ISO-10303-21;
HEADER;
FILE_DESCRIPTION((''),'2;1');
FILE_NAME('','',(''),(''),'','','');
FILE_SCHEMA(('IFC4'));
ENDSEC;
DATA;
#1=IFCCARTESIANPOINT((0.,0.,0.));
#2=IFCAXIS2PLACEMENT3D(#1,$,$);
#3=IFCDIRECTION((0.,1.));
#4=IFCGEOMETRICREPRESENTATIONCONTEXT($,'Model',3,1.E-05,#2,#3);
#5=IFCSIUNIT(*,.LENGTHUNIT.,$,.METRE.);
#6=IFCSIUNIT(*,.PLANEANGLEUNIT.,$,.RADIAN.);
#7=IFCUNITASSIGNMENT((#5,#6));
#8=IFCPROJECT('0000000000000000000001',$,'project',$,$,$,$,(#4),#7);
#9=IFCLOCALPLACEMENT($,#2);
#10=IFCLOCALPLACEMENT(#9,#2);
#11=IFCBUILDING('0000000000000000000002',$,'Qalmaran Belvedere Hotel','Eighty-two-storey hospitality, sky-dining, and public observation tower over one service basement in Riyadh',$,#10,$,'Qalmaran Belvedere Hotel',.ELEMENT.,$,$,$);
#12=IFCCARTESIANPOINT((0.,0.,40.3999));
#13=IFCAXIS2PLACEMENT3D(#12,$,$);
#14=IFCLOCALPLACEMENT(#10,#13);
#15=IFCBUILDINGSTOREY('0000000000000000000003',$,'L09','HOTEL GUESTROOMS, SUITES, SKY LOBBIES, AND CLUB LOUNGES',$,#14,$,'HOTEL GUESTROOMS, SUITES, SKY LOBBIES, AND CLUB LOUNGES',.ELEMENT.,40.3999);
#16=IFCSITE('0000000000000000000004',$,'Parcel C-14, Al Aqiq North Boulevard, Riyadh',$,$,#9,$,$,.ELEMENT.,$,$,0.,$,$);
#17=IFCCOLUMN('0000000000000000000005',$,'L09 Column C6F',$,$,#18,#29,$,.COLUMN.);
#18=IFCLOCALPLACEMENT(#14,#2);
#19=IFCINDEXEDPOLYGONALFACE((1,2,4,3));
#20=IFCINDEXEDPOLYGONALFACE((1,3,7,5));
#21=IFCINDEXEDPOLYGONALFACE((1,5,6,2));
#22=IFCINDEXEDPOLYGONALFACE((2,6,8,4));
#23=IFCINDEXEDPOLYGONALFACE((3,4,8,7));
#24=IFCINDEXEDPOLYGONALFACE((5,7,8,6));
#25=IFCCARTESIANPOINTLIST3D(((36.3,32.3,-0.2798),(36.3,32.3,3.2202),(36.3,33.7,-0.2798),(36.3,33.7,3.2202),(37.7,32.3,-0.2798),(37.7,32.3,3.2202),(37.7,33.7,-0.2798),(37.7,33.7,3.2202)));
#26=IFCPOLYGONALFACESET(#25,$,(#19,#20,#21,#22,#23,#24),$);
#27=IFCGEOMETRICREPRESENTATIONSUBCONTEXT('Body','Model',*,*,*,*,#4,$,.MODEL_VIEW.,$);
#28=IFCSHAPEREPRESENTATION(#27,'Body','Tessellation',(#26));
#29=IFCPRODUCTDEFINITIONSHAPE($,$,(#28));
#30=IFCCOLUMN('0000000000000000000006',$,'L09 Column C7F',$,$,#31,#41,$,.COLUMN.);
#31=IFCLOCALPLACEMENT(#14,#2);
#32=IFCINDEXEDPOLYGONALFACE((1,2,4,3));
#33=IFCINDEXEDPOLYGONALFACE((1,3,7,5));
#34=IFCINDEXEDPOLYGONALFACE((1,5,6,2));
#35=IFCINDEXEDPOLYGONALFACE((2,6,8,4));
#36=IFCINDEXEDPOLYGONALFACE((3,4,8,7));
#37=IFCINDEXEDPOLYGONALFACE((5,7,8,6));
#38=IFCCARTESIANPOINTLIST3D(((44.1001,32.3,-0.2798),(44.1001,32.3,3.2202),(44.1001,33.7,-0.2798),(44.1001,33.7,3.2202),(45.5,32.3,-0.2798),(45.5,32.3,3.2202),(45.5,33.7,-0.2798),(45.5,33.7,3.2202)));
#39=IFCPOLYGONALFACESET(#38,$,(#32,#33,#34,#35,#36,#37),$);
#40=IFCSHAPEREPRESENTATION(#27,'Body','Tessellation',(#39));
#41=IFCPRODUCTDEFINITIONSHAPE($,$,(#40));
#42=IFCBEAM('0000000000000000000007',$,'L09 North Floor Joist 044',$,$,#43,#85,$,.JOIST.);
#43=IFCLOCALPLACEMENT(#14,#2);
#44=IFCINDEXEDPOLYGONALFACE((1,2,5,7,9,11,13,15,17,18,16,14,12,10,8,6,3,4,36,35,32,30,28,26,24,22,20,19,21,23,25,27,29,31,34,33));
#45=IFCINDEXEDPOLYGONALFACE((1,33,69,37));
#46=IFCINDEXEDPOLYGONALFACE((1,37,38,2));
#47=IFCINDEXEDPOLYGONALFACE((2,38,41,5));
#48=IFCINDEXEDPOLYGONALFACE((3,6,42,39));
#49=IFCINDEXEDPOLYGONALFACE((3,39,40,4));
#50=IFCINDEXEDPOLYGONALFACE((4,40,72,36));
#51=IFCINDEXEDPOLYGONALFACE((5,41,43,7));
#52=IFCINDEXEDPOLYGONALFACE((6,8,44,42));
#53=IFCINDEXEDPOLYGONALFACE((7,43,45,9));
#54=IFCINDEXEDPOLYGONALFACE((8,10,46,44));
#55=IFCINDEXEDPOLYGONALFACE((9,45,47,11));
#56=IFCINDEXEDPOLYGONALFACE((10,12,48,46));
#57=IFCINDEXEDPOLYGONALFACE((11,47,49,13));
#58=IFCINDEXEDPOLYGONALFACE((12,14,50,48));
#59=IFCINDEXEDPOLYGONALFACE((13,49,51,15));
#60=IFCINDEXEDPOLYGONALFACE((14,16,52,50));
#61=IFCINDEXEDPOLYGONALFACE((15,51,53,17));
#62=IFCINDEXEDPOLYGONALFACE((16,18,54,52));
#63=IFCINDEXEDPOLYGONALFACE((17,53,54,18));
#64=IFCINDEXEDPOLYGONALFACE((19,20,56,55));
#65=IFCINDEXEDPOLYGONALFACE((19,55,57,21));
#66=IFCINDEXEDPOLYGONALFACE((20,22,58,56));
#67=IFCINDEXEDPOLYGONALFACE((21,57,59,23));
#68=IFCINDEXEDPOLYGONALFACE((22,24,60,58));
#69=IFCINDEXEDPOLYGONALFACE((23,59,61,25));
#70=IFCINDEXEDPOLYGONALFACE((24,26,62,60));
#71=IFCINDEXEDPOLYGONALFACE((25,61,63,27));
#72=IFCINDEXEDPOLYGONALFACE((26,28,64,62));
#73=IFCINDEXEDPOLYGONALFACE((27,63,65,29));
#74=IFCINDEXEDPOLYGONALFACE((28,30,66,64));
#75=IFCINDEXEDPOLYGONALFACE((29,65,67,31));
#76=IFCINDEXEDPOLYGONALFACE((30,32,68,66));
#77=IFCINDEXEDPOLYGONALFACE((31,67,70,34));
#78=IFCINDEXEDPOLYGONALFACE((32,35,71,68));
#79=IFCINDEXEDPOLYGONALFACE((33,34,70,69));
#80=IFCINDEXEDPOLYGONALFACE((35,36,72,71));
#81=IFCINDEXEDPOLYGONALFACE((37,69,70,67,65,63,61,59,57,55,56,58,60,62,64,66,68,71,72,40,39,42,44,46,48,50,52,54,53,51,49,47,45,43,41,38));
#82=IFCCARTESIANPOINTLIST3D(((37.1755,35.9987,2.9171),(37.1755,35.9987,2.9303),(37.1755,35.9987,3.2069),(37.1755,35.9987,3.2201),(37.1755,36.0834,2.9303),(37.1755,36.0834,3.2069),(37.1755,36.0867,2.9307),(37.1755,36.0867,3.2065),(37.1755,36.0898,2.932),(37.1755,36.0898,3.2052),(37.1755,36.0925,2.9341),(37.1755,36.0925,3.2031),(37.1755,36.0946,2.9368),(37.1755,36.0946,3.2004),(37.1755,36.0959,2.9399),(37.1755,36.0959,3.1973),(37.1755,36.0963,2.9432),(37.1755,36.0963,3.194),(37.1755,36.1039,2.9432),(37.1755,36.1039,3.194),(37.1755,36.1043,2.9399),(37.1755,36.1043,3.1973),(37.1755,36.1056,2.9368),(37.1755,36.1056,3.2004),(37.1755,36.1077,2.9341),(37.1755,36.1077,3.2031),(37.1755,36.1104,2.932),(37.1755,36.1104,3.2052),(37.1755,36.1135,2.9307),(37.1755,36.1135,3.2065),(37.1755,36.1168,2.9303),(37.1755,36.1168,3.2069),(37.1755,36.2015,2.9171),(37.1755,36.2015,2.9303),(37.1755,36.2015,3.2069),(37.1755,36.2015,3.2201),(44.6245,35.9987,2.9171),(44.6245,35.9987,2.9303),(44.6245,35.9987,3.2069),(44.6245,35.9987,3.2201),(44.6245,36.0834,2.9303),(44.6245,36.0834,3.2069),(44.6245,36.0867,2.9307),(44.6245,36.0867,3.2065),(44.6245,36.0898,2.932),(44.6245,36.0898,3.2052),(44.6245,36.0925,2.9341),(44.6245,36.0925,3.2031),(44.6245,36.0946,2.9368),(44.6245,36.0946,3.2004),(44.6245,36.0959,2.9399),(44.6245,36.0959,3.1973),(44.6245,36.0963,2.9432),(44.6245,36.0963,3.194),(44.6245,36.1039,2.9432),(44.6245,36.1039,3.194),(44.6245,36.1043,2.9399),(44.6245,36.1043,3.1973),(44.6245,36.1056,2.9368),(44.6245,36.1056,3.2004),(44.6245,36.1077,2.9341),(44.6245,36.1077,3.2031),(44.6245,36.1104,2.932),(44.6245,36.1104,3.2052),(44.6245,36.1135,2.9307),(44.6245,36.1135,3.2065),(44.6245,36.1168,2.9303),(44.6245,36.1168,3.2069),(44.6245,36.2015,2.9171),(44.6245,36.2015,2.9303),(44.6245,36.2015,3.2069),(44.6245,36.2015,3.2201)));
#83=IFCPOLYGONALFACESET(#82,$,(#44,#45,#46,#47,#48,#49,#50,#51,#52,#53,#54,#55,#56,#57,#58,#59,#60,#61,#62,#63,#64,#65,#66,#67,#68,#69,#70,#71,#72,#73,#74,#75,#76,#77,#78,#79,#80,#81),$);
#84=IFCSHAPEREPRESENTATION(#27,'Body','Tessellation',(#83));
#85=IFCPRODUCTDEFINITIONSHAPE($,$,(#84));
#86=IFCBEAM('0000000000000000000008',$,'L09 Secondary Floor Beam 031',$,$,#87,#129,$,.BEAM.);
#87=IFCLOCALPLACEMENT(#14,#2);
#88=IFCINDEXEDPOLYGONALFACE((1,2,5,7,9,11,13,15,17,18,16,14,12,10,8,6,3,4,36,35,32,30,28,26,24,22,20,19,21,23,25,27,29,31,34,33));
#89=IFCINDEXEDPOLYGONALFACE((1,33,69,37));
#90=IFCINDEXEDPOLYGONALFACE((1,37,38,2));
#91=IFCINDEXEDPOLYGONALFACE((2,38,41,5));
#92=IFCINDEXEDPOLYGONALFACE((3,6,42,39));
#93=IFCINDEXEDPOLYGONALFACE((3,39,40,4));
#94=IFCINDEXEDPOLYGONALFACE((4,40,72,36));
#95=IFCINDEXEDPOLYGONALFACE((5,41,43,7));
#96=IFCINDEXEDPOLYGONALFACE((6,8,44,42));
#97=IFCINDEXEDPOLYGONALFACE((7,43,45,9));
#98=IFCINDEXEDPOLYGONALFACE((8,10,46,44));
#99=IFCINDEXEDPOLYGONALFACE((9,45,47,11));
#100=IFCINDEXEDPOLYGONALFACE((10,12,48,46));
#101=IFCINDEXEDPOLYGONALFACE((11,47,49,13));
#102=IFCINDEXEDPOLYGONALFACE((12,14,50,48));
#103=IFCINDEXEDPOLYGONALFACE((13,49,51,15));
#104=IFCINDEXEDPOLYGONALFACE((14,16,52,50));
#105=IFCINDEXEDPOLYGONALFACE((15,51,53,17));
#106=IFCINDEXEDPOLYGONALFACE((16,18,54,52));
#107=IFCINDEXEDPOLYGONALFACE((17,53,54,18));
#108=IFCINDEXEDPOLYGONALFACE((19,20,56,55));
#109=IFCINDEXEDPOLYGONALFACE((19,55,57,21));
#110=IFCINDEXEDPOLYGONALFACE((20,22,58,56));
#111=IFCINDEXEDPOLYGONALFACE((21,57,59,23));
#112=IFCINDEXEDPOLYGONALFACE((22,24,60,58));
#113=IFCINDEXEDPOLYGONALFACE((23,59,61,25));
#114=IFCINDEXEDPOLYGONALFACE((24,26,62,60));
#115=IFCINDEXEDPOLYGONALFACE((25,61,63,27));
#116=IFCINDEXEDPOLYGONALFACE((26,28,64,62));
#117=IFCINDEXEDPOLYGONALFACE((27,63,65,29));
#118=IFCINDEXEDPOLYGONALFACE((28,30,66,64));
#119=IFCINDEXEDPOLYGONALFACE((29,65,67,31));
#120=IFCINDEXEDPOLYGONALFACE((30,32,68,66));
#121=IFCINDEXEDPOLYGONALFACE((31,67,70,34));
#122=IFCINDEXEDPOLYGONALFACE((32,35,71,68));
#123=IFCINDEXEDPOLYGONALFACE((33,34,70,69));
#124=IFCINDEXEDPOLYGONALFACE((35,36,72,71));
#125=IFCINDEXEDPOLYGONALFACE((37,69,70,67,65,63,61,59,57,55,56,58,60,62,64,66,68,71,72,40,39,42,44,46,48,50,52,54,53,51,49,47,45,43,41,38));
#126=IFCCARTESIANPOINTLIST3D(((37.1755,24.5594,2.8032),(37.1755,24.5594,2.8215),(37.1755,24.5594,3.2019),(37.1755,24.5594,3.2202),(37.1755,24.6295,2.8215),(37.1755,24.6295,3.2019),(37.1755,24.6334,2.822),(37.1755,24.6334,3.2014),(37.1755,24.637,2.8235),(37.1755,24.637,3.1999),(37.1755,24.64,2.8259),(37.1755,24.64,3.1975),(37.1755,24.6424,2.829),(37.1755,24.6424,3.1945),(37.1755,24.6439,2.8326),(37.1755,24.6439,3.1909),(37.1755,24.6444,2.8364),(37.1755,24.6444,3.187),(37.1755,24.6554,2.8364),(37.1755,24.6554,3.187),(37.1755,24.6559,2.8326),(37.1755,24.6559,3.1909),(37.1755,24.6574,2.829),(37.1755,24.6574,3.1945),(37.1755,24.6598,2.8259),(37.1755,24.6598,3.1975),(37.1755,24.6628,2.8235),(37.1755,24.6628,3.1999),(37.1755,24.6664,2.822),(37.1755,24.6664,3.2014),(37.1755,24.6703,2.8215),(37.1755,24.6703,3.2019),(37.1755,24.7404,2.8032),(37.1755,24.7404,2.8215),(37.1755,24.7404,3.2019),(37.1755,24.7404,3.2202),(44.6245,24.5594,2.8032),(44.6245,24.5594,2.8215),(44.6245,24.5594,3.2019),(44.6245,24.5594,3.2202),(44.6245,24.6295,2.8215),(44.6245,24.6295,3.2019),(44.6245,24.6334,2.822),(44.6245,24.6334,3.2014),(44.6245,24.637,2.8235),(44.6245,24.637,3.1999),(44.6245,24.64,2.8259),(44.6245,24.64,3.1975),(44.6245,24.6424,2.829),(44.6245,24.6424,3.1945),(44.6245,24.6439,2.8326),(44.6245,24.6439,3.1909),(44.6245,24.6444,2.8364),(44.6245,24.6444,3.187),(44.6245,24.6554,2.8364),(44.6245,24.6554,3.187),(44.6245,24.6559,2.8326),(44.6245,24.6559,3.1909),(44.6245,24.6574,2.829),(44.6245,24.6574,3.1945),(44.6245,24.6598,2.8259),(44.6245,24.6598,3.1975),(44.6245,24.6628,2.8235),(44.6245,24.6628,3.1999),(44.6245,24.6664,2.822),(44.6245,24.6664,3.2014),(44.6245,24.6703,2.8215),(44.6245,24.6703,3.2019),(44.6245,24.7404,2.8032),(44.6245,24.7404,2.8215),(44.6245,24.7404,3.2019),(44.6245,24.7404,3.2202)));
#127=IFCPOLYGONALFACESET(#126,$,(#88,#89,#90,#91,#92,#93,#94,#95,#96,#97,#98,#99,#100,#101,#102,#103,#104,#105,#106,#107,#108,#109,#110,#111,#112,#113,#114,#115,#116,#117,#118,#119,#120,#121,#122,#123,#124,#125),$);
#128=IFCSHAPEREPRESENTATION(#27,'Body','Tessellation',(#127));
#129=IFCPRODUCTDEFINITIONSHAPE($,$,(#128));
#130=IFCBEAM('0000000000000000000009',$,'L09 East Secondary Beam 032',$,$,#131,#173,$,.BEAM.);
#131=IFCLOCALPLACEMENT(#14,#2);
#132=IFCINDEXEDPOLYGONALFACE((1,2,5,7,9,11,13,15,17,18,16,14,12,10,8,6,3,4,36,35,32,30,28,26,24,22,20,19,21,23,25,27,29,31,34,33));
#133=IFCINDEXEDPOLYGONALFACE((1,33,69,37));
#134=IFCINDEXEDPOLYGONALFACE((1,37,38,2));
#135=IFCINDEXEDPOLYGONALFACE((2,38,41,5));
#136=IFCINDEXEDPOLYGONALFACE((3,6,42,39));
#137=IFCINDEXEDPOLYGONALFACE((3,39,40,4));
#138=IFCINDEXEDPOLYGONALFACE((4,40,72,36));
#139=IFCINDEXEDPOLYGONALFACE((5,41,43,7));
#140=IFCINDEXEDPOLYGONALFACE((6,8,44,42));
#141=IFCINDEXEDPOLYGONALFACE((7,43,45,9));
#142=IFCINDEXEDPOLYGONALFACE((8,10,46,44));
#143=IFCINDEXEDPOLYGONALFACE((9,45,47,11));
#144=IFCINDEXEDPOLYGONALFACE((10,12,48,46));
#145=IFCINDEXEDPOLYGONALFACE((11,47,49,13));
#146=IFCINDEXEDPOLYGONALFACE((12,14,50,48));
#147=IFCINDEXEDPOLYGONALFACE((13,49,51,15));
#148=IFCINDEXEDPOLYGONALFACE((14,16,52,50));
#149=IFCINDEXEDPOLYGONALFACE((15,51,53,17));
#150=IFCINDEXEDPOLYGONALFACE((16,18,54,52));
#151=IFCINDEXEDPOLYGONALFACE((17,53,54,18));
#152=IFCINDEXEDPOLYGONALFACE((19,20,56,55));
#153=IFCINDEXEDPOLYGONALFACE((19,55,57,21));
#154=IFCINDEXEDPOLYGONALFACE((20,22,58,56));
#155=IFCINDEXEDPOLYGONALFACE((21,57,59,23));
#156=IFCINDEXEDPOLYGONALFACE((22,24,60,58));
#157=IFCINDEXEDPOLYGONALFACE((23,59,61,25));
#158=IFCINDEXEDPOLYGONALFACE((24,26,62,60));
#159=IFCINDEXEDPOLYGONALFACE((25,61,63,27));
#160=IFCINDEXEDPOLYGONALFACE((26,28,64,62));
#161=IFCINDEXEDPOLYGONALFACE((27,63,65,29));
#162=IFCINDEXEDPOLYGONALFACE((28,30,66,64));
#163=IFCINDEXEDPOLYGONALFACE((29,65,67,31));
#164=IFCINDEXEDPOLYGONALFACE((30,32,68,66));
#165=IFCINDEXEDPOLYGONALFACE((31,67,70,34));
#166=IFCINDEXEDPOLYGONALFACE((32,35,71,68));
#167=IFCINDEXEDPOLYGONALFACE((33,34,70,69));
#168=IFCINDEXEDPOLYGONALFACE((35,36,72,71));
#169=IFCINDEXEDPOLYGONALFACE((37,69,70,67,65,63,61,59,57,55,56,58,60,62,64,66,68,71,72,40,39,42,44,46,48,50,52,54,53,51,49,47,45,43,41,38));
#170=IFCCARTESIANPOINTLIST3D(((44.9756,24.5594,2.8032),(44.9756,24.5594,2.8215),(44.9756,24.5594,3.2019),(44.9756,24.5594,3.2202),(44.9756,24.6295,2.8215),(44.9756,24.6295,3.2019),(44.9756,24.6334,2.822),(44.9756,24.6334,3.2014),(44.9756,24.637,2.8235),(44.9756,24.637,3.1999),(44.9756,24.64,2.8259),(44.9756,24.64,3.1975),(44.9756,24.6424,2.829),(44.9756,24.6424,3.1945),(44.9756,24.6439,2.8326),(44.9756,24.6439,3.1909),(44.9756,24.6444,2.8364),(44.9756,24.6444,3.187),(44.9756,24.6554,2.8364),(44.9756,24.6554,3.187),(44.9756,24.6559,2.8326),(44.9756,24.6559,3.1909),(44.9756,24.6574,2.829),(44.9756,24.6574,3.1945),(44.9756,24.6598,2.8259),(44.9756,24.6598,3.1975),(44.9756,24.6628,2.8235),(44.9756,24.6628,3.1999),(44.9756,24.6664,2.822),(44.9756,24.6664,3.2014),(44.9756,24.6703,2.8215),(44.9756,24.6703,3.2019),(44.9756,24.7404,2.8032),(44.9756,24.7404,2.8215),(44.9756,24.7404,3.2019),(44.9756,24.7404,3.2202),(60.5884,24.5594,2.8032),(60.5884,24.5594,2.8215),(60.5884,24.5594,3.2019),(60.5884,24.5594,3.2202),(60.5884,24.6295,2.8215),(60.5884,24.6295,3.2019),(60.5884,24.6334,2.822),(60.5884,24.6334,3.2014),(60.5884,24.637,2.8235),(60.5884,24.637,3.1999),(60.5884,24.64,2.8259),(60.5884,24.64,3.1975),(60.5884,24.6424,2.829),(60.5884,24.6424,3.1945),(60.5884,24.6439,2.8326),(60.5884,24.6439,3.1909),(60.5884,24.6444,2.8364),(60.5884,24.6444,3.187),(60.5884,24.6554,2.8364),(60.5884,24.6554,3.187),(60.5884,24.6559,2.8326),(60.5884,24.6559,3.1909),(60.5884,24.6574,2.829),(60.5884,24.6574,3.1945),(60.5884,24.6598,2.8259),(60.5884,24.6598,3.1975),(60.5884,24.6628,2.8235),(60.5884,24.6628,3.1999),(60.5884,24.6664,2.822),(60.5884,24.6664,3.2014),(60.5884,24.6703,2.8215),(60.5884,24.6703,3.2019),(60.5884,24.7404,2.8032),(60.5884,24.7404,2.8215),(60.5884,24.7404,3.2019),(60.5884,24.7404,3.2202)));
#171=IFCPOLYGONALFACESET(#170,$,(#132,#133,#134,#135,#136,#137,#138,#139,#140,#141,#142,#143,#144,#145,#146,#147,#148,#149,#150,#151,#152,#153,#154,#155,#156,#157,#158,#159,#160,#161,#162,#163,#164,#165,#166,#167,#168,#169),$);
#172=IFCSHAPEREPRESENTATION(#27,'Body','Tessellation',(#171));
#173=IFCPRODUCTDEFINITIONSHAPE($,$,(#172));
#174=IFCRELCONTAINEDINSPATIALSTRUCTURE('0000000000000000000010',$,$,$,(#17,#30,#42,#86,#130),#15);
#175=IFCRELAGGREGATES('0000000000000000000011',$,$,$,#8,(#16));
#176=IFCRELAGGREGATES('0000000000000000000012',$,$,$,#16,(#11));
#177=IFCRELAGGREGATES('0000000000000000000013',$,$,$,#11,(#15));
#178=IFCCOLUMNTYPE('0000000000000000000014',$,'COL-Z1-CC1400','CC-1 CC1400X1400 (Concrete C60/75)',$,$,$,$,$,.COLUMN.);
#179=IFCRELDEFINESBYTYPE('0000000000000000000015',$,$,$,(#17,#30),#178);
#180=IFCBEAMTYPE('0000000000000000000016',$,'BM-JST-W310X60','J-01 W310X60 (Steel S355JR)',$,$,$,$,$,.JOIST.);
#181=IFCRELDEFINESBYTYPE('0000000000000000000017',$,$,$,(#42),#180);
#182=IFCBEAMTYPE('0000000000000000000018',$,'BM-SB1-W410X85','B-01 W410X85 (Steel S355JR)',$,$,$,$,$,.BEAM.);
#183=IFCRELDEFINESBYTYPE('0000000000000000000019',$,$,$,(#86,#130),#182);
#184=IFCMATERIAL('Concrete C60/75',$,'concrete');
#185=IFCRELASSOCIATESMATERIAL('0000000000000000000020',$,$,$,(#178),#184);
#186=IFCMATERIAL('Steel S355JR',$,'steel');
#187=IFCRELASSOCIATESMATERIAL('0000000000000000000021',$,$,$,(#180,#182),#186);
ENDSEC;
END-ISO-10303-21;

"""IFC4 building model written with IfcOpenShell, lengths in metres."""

from ifc_helpers import new_model, si_unit, direction, frame, origin, origin_2d, place, context, subcontext, project, spatial, rectangle, i_section, extrude, material, material_profile, profile_set, type_object, element, save


model = new_model("IFC4")

# Units and contexts
model_context = context("Model", 3, precision=1e-05, world=origin(), true_north=direction((0.0, 1.0)))
body_context = subcontext(model_context, "Body", "Model", "MODEL_VIEW")
ifc_project = project(units=[si_unit("LENGTHUNIT", "METRE"), si_unit("PLANEANGLEUNIT", "RADIAN")], contexts=[model_context])

# Site, building, storey
site_placement = place(None, origin())
site = spatial("IfcSite", under=ifc_project, at=site_placement, Name="Parcel C-14, Al Aqiq North Boulevard, Riyadh", CompositionType="ELEMENT", RefElevation=0.0)
building_placement = place(site_placement, origin())
building = spatial("IfcBuilding", under=site, at=building_placement, Name="Qalmaran Belvedere Hotel", Description="Eighty-two-storey hospitality, sky-dining, and public observation tower over one service basement in Riyadh", LongName="Qalmaran Belvedere Hotel", CompositionType="ELEMENT")
storey_placement = place(building_placement, frame((0.0, 0.0, 40.3999)))
storey = spatial("IfcBuildingStorey", under=building, at=storey_placement, Name="L09", Description="HOTEL GUESTROOMS, SUITES, SKY LOBBIES, AND CLUB LOUNGES", LongName="HOTEL GUESTROOMS, SUITES, SKY LOBBIES, AND CLUB LOUNGES", CompositionType="ELEMENT", Elevation=40.3999)

# Columns
ifc_material_1 = material(Name="Concrete C60/75", Category="concrete")
ifc_material_profile_1 = material_profile(ifc_material_1, rectangle(XDim=1.3999, YDim=1.3999, at=origin_2d()), Name="CC1400X1400")
ifc_profile_set_1 = profile_set([ifc_material_profile_1], Name="Concrete C60/75")
column_type = type_object("IfcColumnType", Name="COL-Z1-CC1400", Description="CC-1 CC1400X1400 (Concrete C60/75)", PredefinedType="COLUMN", material=ifc_profile_set_1)
for number, where, z_axis, x_axis, name in (
    (1, (37.0, 33.0, -0.2798), (0.0, 0.0, 1.0), (1.0, 0.0, 0.0), "L09 Column C6F"),
    (2, (44.8, 33.0, -0.2798), (0.0, 0.0, 1.0), (1.0, 0.0, 0.0), "L09 Column C7F"),
):
    element("IfcColumn", number, at=place(storey_placement, frame(where, z_axis=z_axis, x_axis=x_axis)), inside=storey, type_object=column_type, Name=name, PredefinedType="COLUMN", context=body_context, shape_type="SweptSolid", body=[
        extrude(rectangle(XDim=1.3999, YDim=1.3999, at=origin_2d()), origin(), (0.0, 0.0, 1.0), 3.5),
    ])

# Beams
ifc_material_2 = material(Name="Steel S355JR", Category="steel")
ifc_material_profile_2 = material_profile(ifc_material_2, i_section(OverallWidth=0.2029, OverallDepth=0.303, WebThickness=0.0076, FlangeThickness=0.0132, FilletRadius=0.0129, at=origin_2d()), Name="W310X60")
ifc_profile_set_2 = profile_set([ifc_material_profile_2], Name="Steel S355JR")
beam_type_1 = type_object("IfcBeamType", Name="BM-JST-W310X60", Description="J-01 W310X60 (Steel S355JR)", PredefinedType="JOIST", material=ifc_profile_set_2)
beam_1_placement = place(storey_placement, frame((37.1755, 36.1001, 3.0686), z_axis=(1.0, 0.0, 0.0), x_axis=(0.0, 1.0, 0.0)))
element("IfcBeam", 3, at=beam_1_placement, inside=storey, type_object=beam_type_1, Name="L09 North Floor Joist 044", PredefinedType="JOIST", context=body_context, shape_type="SweptSolid", body=[
    extrude(i_section(OverallWidth=0.2029, OverallDepth=0.303, WebThickness=0.0076, FlangeThickness=0.0132, FilletRadius=0.0129, at=origin_2d()), origin(), (0.0, 0.0, 1.0), 7.449),
])
ifc_material_profile_3 = material_profile(ifc_material_2, i_section(OverallWidth=0.1809, OverallDepth=0.417, WebThickness=0.011, FlangeThickness=0.0183, FilletRadius=0.0149, at=origin_2d()), Name="W410X85")
ifc_profile_set_3 = profile_set([ifc_material_profile_3], Name="Steel S355JR")
beam_type_2 = type_object("IfcBeamType", Name="BM-SB1-W410X85", Description="B-01 W410X85 (Steel S355JR)", PredefinedType="BEAM", material=ifc_profile_set_3)
beam_2_placement = place(storey_placement, frame((37.1755, 24.6499, 3.0117), z_axis=(1.0, 0.0, 0.0), x_axis=(0.0, 1.0, 0.0)))
element("IfcBeam", 4, at=beam_2_placement, inside=storey, type_object=beam_type_2, Name="L09 Secondary Floor Beam 031", PredefinedType="BEAM", context=body_context, shape_type="SweptSolid", body=[
    extrude(i_section(OverallWidth=0.1809, OverallDepth=0.417, WebThickness=0.011, FlangeThickness=0.0183, FilletRadius=0.0149, at=origin_2d()), origin(), (0.0, 0.0, 1.0), 7.449),
])
beam_3_placement = place(storey_placement, frame((44.9756, 24.6499, 3.0117), z_axis=(1.0, 0.0, 0.0), x_axis=(0.0, 1.0, 0.0)))
element("IfcBeam", 5, at=beam_3_placement, inside=storey, type_object=beam_type_2, Name="L09 East Secondary Beam 032", PredefinedType="BEAM", context=body_context, shape_type="SweptSolid", body=[
    extrude(i_section(OverallWidth=0.1809, OverallDepth=0.417, WebThickness=0.011, FlangeThickness=0.0183, FilletRadius=0.0149, at=origin_2d()), origin(), (0.0, 0.0, 1.0), 15.6128),
])

save(model, "model.ifc")
